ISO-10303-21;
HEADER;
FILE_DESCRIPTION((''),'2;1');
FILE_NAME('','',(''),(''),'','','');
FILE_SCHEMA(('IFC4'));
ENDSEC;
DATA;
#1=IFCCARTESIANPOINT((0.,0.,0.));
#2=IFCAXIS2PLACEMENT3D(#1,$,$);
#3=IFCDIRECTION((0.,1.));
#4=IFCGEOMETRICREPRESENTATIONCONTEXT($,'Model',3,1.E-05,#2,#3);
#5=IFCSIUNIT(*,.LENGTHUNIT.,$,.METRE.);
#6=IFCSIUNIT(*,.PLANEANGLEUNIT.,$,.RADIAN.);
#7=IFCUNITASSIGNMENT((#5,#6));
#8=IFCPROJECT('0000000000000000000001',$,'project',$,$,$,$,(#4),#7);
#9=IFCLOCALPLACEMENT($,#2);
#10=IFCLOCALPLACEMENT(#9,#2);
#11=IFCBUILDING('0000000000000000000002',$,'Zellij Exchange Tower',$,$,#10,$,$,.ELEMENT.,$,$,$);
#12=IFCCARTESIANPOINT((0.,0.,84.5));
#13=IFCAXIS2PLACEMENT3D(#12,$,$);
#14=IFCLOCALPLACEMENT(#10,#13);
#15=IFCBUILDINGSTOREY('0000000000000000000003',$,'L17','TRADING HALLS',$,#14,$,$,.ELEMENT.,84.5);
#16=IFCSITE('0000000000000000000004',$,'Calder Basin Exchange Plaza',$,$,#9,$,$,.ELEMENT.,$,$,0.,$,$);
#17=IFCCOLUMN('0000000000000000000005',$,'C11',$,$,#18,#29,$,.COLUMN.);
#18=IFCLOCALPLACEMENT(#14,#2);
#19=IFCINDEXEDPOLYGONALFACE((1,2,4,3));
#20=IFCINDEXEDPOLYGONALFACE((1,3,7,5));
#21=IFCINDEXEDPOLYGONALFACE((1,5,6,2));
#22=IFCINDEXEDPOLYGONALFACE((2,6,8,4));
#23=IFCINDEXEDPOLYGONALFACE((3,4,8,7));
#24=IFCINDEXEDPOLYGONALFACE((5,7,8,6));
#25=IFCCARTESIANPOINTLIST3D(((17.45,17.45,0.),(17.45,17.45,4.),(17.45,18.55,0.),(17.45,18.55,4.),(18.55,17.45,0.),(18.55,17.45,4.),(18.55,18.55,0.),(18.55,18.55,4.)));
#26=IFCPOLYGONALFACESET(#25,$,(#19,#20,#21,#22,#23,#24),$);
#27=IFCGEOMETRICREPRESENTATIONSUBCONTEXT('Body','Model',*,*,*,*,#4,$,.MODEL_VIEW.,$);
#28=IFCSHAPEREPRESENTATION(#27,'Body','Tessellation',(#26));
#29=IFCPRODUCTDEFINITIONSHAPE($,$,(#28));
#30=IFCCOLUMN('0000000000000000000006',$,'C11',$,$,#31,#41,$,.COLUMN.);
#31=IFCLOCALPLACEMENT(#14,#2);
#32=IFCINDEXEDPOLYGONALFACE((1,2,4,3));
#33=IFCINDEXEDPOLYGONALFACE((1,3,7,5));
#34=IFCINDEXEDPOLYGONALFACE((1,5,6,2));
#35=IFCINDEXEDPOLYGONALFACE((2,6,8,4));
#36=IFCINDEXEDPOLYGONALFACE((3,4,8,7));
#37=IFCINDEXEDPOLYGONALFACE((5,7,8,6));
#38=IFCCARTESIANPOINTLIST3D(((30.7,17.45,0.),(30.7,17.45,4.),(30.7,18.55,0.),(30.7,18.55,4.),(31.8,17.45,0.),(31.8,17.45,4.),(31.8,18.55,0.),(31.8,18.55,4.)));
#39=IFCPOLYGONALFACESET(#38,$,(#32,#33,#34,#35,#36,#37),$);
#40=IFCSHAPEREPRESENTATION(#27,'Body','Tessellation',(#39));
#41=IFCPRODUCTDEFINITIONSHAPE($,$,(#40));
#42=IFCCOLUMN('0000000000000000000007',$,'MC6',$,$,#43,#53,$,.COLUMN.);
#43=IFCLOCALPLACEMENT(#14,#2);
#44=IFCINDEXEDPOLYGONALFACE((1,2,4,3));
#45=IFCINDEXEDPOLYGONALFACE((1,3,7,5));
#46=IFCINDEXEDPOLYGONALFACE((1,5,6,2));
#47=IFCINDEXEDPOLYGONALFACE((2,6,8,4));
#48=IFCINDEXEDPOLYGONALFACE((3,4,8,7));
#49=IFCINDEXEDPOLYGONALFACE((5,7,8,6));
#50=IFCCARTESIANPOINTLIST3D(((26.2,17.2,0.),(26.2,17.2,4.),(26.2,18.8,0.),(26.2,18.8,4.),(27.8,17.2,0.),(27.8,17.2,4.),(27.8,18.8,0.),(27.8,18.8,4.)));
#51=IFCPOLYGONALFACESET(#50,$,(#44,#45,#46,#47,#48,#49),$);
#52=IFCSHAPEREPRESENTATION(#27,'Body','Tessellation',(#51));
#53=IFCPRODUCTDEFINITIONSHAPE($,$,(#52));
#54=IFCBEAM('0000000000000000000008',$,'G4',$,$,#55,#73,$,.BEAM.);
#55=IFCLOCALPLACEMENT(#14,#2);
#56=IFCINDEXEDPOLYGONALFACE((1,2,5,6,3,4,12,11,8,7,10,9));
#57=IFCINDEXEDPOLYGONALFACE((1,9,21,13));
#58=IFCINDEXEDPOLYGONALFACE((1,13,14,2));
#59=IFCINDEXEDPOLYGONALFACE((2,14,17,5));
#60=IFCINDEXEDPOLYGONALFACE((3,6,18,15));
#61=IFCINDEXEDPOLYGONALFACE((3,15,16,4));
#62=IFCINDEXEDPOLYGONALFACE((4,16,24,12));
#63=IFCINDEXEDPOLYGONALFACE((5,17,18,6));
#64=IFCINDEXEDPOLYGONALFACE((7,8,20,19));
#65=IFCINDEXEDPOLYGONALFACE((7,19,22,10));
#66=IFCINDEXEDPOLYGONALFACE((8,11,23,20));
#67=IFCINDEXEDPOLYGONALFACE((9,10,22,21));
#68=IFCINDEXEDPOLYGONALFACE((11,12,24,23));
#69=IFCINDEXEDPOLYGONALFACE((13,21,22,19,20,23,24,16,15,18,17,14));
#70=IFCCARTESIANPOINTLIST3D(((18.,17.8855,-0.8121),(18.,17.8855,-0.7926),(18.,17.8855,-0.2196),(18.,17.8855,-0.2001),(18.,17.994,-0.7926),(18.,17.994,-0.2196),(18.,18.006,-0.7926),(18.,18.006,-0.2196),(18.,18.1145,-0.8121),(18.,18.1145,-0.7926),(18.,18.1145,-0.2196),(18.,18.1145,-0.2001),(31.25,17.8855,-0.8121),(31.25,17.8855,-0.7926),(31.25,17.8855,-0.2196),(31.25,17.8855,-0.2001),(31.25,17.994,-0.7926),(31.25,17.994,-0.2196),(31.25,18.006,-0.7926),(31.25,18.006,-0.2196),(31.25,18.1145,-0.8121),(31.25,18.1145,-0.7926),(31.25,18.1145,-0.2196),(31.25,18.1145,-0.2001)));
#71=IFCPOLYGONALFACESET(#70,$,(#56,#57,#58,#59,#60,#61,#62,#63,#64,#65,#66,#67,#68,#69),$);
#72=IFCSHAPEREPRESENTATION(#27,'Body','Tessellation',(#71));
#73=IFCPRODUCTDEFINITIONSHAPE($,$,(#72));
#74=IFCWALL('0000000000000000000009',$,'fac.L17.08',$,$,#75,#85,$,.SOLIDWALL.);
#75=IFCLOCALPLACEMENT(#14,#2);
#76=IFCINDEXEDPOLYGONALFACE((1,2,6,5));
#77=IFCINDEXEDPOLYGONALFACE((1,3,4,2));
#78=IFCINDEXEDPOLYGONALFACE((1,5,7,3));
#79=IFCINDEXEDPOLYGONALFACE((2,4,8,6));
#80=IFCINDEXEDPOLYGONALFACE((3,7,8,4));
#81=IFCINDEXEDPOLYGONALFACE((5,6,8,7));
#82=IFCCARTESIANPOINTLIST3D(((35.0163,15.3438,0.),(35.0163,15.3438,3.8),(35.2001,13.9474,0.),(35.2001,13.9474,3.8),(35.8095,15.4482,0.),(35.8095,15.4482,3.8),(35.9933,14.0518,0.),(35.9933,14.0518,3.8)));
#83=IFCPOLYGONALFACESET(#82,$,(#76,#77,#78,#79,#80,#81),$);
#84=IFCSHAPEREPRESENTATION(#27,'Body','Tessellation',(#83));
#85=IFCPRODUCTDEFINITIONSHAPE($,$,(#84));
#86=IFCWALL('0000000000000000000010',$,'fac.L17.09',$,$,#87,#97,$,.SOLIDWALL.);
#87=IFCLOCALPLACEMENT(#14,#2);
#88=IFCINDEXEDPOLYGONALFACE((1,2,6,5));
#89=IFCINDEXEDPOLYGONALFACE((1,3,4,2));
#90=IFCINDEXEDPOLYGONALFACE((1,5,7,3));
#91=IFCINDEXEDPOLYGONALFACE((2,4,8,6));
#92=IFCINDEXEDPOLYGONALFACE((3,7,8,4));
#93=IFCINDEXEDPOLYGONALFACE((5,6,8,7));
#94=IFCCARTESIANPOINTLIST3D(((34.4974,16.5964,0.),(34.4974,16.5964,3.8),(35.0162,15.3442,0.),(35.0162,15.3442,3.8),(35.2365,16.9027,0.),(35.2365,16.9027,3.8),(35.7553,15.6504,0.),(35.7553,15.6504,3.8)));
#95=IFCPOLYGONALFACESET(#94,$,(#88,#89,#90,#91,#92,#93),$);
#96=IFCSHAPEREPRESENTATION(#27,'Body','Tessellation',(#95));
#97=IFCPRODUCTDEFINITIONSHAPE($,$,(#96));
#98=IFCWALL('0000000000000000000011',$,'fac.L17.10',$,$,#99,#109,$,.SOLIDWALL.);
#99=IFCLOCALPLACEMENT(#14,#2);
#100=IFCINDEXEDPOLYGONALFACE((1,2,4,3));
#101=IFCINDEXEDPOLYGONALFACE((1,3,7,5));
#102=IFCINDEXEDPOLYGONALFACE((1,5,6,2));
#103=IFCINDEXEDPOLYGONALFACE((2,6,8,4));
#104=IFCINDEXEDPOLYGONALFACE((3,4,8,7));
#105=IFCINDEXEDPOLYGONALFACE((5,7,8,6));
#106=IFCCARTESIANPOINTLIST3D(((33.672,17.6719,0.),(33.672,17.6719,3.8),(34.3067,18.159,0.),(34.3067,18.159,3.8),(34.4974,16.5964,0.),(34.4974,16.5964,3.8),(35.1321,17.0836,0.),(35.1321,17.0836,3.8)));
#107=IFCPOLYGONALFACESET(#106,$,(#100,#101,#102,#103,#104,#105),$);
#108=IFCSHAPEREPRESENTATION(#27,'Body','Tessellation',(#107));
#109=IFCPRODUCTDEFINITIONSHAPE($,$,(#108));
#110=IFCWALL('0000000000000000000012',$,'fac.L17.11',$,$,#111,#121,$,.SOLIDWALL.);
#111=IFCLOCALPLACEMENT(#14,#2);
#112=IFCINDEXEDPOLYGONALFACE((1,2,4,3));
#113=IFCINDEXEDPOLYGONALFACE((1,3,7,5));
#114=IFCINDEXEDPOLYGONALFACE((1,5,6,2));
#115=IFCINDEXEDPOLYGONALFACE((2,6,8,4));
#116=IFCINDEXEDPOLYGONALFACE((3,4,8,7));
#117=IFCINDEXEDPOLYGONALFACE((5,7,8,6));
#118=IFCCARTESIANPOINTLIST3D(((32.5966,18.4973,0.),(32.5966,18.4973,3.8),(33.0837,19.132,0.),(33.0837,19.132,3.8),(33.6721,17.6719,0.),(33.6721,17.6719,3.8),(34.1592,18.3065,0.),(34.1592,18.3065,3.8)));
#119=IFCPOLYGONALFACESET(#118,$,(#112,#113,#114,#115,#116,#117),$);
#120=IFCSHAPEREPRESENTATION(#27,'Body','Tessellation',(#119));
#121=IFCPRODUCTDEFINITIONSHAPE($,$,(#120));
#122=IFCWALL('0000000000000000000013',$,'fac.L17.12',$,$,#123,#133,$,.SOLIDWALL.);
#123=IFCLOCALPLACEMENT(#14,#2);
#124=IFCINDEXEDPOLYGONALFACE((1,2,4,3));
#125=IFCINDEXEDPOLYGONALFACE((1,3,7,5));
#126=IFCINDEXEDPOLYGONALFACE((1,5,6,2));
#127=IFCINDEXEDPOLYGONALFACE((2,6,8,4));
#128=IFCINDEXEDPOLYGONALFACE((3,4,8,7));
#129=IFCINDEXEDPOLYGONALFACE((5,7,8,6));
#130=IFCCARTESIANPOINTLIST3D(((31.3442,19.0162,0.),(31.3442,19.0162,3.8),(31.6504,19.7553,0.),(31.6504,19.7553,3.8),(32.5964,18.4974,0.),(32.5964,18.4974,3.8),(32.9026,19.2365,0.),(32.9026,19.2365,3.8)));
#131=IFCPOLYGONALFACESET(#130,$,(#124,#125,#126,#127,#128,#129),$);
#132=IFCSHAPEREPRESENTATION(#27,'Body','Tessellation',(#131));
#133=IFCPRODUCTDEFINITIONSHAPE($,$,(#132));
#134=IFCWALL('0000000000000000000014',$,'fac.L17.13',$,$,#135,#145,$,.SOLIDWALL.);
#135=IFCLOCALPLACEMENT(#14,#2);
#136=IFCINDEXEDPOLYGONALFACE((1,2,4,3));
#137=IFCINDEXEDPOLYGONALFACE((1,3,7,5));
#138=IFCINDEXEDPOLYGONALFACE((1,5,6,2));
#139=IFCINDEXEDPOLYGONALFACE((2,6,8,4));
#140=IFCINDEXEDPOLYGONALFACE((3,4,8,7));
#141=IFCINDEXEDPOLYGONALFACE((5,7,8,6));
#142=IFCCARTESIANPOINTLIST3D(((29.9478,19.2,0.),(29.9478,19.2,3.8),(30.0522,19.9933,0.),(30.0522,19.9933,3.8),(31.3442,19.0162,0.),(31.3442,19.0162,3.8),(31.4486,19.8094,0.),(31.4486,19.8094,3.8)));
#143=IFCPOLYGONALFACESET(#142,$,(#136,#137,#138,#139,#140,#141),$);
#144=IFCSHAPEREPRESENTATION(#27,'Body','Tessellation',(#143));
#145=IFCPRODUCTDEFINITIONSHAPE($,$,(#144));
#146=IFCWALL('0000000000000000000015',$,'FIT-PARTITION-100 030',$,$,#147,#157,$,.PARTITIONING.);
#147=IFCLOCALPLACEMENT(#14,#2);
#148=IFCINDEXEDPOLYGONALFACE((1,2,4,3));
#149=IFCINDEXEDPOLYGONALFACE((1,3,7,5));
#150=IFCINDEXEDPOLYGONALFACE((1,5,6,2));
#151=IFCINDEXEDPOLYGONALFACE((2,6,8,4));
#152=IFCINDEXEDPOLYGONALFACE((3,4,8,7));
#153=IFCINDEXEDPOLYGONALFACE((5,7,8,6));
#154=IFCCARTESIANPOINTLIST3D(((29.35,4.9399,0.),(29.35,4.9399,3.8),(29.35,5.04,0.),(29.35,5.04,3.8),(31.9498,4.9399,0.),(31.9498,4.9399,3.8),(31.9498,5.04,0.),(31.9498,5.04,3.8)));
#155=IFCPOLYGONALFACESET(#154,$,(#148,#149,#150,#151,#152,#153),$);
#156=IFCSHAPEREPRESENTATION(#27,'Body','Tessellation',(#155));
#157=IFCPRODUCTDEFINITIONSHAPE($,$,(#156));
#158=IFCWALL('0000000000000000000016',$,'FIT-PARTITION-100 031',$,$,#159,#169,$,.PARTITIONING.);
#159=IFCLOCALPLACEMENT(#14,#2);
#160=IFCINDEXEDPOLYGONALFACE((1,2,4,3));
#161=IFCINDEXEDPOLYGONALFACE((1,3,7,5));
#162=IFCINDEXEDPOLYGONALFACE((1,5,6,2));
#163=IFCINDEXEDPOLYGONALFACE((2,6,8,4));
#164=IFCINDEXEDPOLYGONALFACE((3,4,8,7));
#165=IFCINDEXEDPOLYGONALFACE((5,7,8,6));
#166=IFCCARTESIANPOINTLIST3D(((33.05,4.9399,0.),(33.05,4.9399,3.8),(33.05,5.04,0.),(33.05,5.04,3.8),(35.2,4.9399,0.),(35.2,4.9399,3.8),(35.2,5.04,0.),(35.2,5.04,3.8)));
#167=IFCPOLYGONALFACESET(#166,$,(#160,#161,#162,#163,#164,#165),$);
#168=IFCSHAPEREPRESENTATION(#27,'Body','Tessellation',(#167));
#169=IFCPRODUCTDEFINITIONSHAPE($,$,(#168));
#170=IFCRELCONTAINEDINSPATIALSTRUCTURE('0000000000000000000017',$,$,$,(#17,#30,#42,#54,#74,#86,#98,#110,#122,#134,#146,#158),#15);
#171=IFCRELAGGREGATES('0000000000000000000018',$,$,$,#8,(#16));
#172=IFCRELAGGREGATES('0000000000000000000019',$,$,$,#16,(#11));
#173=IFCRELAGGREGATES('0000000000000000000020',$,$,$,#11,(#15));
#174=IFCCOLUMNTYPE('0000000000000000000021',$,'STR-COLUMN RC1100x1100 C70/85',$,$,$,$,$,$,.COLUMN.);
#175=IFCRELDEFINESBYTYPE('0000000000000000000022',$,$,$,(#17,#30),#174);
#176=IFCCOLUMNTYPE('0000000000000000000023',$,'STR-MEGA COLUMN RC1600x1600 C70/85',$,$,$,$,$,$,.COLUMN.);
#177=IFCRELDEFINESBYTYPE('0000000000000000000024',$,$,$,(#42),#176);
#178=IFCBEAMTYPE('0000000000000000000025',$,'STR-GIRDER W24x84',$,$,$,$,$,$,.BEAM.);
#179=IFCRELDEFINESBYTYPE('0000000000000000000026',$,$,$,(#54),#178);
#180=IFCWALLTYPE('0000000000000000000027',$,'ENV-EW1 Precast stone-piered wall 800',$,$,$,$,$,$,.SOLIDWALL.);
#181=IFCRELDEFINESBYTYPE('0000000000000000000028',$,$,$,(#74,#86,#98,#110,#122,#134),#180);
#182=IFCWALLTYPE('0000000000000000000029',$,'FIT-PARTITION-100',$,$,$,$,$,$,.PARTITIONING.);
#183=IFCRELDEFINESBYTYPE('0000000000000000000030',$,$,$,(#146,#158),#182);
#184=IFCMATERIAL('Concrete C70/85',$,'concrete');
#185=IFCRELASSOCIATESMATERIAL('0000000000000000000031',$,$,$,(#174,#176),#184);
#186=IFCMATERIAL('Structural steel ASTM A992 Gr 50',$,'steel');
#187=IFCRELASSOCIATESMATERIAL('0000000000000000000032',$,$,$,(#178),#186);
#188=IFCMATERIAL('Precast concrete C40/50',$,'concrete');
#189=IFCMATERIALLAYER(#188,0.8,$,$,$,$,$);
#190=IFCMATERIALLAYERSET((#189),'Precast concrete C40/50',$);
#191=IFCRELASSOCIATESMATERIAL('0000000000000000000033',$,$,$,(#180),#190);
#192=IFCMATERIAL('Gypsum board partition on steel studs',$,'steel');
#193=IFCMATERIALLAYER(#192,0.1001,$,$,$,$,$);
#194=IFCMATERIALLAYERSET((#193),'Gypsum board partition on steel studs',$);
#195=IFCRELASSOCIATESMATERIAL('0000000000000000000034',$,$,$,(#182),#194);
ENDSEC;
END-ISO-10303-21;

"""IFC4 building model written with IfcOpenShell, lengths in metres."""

from ifc_helpers import new_model, si_unit, direction, frame, frame_2d, origin, origin_2d, place, context, subcontext, project, spatial, rectangle, i_section, extrude, material, layer, layer_set, material_profile, profile_set, type_object, element, save


model = new_model("IFC4")

# Units and contexts
model_context = context("Model", 3, precision=1e-05, world=origin(), true_north=direction((0.0, 1.0)))
body_context = subcontext(model_context, "Body", "Model", "MODEL_VIEW")
ifc_project = project(units=[si_unit("LENGTHUNIT", "METRE"), si_unit("PLANEANGLEUNIT", "RADIAN")], contexts=[model_context])

# Site, building, storey
site_placement = place(None, origin())
site = spatial("IfcSite", under=ifc_project, at=site_placement, Name="Calder Basin Exchange Plaza", CompositionType="ELEMENT", RefElevation=0.0)
building_placement = place(site_placement, origin())
building = spatial("IfcBuilding", under=site, at=building_placement, Name="Zellij Exchange Tower", CompositionType="ELEMENT")
storey_placement = place(building_placement, frame((0.0, 0.0, 84.5)))
storey = spatial("IfcBuildingStorey", under=building, at=storey_placement, Name="L17", Description="TRADING HALLS", CompositionType="ELEMENT", Elevation=84.5)

# Columns
ifc_material_1 = material(Name="Concrete C70/85", Category="concrete")
ifc_material_profile_1 = material_profile(ifc_material_1, rectangle(XDim=1.1001, YDim=1.1001, at=origin_2d()), Name="STR-COLUMN RC1100x1100 C70/85")
ifc_profile_set_1 = profile_set([ifc_material_profile_1], Name="Concrete C70/85")
column_type_1 = type_object("IfcColumnType", Name="STR-COLUMN RC1100x1100 C70/85", PredefinedType="COLUMN", material=ifc_profile_set_1)
for number, where, z_axis, x_axis, name in (
    (1, (18.0, 18.0, 0.0), (0.0, 0.0, 1.0), (1.0, 0.0, 0.0), "C11"),
    (2, (31.25, 18.0, 0.0), (0.0, 0.0, 1.0), (1.0, 0.0, 0.0), "C11"),
):
    element("IfcColumn", number, at=place(storey_placement, frame(where, z_axis=z_axis, x_axis=x_axis)), inside=storey, type_object=column_type_1, Name=name, PredefinedType="COLUMN", context=body_context, shape_type="SweptSolid", body=[
        extrude(rectangle(XDim=1.1001, YDim=1.1001, at=origin_2d()), origin(), (0.0, 0.0, 1.0), 4.0),
    ])
ifc_material_profile_2 = material_profile(ifc_material_1, rectangle(XDim=1.6001, YDim=1.6001, at=origin_2d()), Name="STR-MEGA COLUMN RC1600x1600 C70/85")
ifc_profile_set_2 = profile_set([ifc_material_profile_2], Name="Concrete C70/85")
column_type_2 = type_object("IfcColumnType", Name="STR-MEGA COLUMN RC1600x1600 C70/85", PredefinedType="COLUMN", material=ifc_profile_set_2)
column_placement = place(storey_placement, frame((27.0, 18.0, 0.0), z_axis=(0.0, 0.0, 1.0), x_axis=(1.0, 0.0, 0.0)))
element("IfcColumn", 3, at=column_placement, inside=storey, type_object=column_type_2, Name="MC6", PredefinedType="COLUMN", context=body_context, shape_type="SweptSolid", body=[
    extrude(rectangle(XDim=1.6001, YDim=1.6001, at=origin_2d()), origin(), (0.0, 0.0, 1.0), 4.0),
])

# Beam
ifc_material_2 = material(Name="Structural steel ASTM A992 Gr 50", Category="steel")
ifc_material_profile_3 = material_profile(ifc_material_2, i_section(OverallWidth=0.229, OverallDepth=0.6121, WebThickness=0.012, FlangeThickness=0.0195, at=origin_2d()), Name="W24x84")
ifc_profile_set_3 = profile_set([ifc_material_profile_3], Name="Structural steel ASTM A992 Gr 50")
beam_type = type_object("IfcBeamType", Name="STR-GIRDER W24x84", PredefinedType="BEAM", material=ifc_profile_set_3)
beam_placement = place(storey_placement, frame((18.0, 18.0, -0.5061), z_axis=(1.0, 0.0, 0.0), x_axis=(0.0, 1.0, 0.0)))
element("IfcBeam", 4, at=beam_placement, inside=storey, type_object=beam_type, Name="G4", PredefinedType="BEAM", context=body_context, shape_type="SweptSolid", body=[
    extrude(i_section(OverallWidth=0.229, OverallDepth=0.6121, WebThickness=0.012, FlangeThickness=0.0195, at=origin_2d()), origin(), (0.0, 0.0, 1.0), 13.25),
])

# Walls
ifc_material_3 = material(Name="Precast concrete C40/50", Category="concrete")
ifc_layer_1 = layer(ifc_material_3, 0.8)
ifc_layer_set_1 = layer_set([ifc_layer_1], Name="Precast concrete C40/50")
wall_type_1 = type_object("IfcWallType", Name="ENV-EW1 Precast stone-piered wall 800", PredefinedType="SOLIDWALL", material=ifc_layer_set_1)
wall_1_placement = place(storey_placement, frame((35.5967, 13.9998, 0.0), z_axis=(0.0, 0.0, 1.0), x_axis=(-0.130517, 0.991446, 0.0)))
element("IfcWall", 5, at=wall_1_placement, inside=storey, type_object=wall_type_1, Name="fac.L17.08", PredefinedType="SOLIDWALL", context=body_context, shape_type="SweptSolid", body=[
    extrude(rectangle(XDim=1.4084, YDim=0.8, at=frame_2d((0.7041, 0.0))), origin(), (0.0, 0.0, 1.0), 3.8),
])
wall_2_placement = place(storey_placement, frame((35.3857, 15.4973, 0.0), z_axis=(0.0, 0.0, 1.0), x_axis=(-0.38276, 0.923848, 0.0)))
element("IfcWall", 6, at=wall_2_placement, inside=storey, type_object=wall_type_1, Name="fac.L17.09", PredefinedType="SOLIDWALL", context=body_context, shape_type="SweptSolid", body=[
    extrude(rectangle(XDim=1.3555, YDim=0.8, at=frame_2d((0.6777, 0.0))), origin(), (0.0, 0.0, 1.0), 3.8),
])
for number, where, z_axis, x_axis, name in (
    (7, (34.8147, 16.8401, 0.0), (0.0, 0.0, 1.0), (-0.608866, 0.793273, 0.0), "fac.L17.10"),
    (8, (33.9155, 17.9893, 0.0), (0.0, 0.0, 1.0), (-0.793273, 0.608866, 0.0), "fac.L17.11"),
):
    element("IfcWall", number, at=place(storey_placement, frame(where, z_axis=z_axis, x_axis=x_axis)), inside=storey, type_object=wall_type_1, Name=name, PredefinedType="SOLIDWALL", context=body_context, shape_type="SweptSolid", body=[
        extrude(rectangle(XDim=1.3557, YDim=0.8, at=frame_2d((0.6777, 0.0))), origin(), (0.0, 0.0, 1.0), 3.8),
    ])
wall_3_placement = place(storey_placement, frame((32.7495, 18.8669, 0.0), z_axis=(0.0, 0.0, 1.0), x_axis=(-0.923848, 0.38276, 0.0)))
element("IfcWall", 9, at=wall_3_placement, inside=storey, type_object=wall_type_1, Name="fac.L17.12", PredefinedType="SOLIDWALL", context=body_context, shape_type="SweptSolid", body=[
    extrude(rectangle(XDim=1.3555, YDim=0.8, at=frame_2d((0.6777, 0.0))), origin(), (0.0, 0.0, 1.0), 3.8),
])
wall_4_placement = place(storey_placement, frame((31.3962, 19.4128, 0.0), z_axis=(0.0, 0.0, 1.0), x_axis=(-0.991446, 0.130517, 0.0)))
element("IfcWall", 10, at=wall_4_placement, inside=storey, type_object=wall_type_1, Name="fac.L17.13", PredefinedType="SOLIDWALL", context=body_context, shape_type="SweptSolid", body=[
    extrude(rectangle(XDim=1.4084, YDim=0.8, at=frame_2d((0.7041, 0.0))), origin(), (0.0, 0.0, 1.0), 3.8),
])
ifc_material_4 = material(Name="Gypsum board partition on steel studs", Category="steel")
ifc_layer_2 = layer(ifc_material_4, 0.1001)
ifc_layer_set_2 = layer_set([ifc_layer_2], Name="Gypsum board partition on steel studs")
wall_type_2 = type_object("IfcWallType", Name="FIT-PARTITION-100", PredefinedType="PARTITIONING", material=ifc_layer_set_2)
wall_5_placement = place(storey_placement, frame((29.3501, 4.99, 0.0), z_axis=(0.0, 0.0, 1.0), x_axis=(1.0, 0.0, 0.0)))
element("IfcWall", 11, at=wall_5_placement, inside=storey, type_object=wall_type_2, Name="FIT-PARTITION-100 030", PredefinedType="PARTITIONING", context=body_context, shape_type="SweptSolid", body=[
    extrude(rectangle(XDim=2.5999, YDim=0.1001, at=frame_2d((1.2998, 0.0))), origin(), (0.0, 0.0, 1.0), 3.8),
])
wall_6_placement = place(storey_placement, frame((33.05, 4.99, 0.0), z_axis=(0.0, 0.0, 1.0), x_axis=(1.0, 0.0, 0.0)))
element("IfcWall", 12, at=wall_6_placement, inside=storey, type_object=wall_type_2, Name="FIT-PARTITION-100 031", PredefinedType="PARTITIONING", context=body_context, shape_type="SweptSolid", body=[
    extrude(rectangle(XDim=2.1499, YDim=0.1001, at=frame_2d((1.075, 0.0))), origin(), (0.0, 0.0, 1.0), 3.8),
])

save(model, "model.ifc")
